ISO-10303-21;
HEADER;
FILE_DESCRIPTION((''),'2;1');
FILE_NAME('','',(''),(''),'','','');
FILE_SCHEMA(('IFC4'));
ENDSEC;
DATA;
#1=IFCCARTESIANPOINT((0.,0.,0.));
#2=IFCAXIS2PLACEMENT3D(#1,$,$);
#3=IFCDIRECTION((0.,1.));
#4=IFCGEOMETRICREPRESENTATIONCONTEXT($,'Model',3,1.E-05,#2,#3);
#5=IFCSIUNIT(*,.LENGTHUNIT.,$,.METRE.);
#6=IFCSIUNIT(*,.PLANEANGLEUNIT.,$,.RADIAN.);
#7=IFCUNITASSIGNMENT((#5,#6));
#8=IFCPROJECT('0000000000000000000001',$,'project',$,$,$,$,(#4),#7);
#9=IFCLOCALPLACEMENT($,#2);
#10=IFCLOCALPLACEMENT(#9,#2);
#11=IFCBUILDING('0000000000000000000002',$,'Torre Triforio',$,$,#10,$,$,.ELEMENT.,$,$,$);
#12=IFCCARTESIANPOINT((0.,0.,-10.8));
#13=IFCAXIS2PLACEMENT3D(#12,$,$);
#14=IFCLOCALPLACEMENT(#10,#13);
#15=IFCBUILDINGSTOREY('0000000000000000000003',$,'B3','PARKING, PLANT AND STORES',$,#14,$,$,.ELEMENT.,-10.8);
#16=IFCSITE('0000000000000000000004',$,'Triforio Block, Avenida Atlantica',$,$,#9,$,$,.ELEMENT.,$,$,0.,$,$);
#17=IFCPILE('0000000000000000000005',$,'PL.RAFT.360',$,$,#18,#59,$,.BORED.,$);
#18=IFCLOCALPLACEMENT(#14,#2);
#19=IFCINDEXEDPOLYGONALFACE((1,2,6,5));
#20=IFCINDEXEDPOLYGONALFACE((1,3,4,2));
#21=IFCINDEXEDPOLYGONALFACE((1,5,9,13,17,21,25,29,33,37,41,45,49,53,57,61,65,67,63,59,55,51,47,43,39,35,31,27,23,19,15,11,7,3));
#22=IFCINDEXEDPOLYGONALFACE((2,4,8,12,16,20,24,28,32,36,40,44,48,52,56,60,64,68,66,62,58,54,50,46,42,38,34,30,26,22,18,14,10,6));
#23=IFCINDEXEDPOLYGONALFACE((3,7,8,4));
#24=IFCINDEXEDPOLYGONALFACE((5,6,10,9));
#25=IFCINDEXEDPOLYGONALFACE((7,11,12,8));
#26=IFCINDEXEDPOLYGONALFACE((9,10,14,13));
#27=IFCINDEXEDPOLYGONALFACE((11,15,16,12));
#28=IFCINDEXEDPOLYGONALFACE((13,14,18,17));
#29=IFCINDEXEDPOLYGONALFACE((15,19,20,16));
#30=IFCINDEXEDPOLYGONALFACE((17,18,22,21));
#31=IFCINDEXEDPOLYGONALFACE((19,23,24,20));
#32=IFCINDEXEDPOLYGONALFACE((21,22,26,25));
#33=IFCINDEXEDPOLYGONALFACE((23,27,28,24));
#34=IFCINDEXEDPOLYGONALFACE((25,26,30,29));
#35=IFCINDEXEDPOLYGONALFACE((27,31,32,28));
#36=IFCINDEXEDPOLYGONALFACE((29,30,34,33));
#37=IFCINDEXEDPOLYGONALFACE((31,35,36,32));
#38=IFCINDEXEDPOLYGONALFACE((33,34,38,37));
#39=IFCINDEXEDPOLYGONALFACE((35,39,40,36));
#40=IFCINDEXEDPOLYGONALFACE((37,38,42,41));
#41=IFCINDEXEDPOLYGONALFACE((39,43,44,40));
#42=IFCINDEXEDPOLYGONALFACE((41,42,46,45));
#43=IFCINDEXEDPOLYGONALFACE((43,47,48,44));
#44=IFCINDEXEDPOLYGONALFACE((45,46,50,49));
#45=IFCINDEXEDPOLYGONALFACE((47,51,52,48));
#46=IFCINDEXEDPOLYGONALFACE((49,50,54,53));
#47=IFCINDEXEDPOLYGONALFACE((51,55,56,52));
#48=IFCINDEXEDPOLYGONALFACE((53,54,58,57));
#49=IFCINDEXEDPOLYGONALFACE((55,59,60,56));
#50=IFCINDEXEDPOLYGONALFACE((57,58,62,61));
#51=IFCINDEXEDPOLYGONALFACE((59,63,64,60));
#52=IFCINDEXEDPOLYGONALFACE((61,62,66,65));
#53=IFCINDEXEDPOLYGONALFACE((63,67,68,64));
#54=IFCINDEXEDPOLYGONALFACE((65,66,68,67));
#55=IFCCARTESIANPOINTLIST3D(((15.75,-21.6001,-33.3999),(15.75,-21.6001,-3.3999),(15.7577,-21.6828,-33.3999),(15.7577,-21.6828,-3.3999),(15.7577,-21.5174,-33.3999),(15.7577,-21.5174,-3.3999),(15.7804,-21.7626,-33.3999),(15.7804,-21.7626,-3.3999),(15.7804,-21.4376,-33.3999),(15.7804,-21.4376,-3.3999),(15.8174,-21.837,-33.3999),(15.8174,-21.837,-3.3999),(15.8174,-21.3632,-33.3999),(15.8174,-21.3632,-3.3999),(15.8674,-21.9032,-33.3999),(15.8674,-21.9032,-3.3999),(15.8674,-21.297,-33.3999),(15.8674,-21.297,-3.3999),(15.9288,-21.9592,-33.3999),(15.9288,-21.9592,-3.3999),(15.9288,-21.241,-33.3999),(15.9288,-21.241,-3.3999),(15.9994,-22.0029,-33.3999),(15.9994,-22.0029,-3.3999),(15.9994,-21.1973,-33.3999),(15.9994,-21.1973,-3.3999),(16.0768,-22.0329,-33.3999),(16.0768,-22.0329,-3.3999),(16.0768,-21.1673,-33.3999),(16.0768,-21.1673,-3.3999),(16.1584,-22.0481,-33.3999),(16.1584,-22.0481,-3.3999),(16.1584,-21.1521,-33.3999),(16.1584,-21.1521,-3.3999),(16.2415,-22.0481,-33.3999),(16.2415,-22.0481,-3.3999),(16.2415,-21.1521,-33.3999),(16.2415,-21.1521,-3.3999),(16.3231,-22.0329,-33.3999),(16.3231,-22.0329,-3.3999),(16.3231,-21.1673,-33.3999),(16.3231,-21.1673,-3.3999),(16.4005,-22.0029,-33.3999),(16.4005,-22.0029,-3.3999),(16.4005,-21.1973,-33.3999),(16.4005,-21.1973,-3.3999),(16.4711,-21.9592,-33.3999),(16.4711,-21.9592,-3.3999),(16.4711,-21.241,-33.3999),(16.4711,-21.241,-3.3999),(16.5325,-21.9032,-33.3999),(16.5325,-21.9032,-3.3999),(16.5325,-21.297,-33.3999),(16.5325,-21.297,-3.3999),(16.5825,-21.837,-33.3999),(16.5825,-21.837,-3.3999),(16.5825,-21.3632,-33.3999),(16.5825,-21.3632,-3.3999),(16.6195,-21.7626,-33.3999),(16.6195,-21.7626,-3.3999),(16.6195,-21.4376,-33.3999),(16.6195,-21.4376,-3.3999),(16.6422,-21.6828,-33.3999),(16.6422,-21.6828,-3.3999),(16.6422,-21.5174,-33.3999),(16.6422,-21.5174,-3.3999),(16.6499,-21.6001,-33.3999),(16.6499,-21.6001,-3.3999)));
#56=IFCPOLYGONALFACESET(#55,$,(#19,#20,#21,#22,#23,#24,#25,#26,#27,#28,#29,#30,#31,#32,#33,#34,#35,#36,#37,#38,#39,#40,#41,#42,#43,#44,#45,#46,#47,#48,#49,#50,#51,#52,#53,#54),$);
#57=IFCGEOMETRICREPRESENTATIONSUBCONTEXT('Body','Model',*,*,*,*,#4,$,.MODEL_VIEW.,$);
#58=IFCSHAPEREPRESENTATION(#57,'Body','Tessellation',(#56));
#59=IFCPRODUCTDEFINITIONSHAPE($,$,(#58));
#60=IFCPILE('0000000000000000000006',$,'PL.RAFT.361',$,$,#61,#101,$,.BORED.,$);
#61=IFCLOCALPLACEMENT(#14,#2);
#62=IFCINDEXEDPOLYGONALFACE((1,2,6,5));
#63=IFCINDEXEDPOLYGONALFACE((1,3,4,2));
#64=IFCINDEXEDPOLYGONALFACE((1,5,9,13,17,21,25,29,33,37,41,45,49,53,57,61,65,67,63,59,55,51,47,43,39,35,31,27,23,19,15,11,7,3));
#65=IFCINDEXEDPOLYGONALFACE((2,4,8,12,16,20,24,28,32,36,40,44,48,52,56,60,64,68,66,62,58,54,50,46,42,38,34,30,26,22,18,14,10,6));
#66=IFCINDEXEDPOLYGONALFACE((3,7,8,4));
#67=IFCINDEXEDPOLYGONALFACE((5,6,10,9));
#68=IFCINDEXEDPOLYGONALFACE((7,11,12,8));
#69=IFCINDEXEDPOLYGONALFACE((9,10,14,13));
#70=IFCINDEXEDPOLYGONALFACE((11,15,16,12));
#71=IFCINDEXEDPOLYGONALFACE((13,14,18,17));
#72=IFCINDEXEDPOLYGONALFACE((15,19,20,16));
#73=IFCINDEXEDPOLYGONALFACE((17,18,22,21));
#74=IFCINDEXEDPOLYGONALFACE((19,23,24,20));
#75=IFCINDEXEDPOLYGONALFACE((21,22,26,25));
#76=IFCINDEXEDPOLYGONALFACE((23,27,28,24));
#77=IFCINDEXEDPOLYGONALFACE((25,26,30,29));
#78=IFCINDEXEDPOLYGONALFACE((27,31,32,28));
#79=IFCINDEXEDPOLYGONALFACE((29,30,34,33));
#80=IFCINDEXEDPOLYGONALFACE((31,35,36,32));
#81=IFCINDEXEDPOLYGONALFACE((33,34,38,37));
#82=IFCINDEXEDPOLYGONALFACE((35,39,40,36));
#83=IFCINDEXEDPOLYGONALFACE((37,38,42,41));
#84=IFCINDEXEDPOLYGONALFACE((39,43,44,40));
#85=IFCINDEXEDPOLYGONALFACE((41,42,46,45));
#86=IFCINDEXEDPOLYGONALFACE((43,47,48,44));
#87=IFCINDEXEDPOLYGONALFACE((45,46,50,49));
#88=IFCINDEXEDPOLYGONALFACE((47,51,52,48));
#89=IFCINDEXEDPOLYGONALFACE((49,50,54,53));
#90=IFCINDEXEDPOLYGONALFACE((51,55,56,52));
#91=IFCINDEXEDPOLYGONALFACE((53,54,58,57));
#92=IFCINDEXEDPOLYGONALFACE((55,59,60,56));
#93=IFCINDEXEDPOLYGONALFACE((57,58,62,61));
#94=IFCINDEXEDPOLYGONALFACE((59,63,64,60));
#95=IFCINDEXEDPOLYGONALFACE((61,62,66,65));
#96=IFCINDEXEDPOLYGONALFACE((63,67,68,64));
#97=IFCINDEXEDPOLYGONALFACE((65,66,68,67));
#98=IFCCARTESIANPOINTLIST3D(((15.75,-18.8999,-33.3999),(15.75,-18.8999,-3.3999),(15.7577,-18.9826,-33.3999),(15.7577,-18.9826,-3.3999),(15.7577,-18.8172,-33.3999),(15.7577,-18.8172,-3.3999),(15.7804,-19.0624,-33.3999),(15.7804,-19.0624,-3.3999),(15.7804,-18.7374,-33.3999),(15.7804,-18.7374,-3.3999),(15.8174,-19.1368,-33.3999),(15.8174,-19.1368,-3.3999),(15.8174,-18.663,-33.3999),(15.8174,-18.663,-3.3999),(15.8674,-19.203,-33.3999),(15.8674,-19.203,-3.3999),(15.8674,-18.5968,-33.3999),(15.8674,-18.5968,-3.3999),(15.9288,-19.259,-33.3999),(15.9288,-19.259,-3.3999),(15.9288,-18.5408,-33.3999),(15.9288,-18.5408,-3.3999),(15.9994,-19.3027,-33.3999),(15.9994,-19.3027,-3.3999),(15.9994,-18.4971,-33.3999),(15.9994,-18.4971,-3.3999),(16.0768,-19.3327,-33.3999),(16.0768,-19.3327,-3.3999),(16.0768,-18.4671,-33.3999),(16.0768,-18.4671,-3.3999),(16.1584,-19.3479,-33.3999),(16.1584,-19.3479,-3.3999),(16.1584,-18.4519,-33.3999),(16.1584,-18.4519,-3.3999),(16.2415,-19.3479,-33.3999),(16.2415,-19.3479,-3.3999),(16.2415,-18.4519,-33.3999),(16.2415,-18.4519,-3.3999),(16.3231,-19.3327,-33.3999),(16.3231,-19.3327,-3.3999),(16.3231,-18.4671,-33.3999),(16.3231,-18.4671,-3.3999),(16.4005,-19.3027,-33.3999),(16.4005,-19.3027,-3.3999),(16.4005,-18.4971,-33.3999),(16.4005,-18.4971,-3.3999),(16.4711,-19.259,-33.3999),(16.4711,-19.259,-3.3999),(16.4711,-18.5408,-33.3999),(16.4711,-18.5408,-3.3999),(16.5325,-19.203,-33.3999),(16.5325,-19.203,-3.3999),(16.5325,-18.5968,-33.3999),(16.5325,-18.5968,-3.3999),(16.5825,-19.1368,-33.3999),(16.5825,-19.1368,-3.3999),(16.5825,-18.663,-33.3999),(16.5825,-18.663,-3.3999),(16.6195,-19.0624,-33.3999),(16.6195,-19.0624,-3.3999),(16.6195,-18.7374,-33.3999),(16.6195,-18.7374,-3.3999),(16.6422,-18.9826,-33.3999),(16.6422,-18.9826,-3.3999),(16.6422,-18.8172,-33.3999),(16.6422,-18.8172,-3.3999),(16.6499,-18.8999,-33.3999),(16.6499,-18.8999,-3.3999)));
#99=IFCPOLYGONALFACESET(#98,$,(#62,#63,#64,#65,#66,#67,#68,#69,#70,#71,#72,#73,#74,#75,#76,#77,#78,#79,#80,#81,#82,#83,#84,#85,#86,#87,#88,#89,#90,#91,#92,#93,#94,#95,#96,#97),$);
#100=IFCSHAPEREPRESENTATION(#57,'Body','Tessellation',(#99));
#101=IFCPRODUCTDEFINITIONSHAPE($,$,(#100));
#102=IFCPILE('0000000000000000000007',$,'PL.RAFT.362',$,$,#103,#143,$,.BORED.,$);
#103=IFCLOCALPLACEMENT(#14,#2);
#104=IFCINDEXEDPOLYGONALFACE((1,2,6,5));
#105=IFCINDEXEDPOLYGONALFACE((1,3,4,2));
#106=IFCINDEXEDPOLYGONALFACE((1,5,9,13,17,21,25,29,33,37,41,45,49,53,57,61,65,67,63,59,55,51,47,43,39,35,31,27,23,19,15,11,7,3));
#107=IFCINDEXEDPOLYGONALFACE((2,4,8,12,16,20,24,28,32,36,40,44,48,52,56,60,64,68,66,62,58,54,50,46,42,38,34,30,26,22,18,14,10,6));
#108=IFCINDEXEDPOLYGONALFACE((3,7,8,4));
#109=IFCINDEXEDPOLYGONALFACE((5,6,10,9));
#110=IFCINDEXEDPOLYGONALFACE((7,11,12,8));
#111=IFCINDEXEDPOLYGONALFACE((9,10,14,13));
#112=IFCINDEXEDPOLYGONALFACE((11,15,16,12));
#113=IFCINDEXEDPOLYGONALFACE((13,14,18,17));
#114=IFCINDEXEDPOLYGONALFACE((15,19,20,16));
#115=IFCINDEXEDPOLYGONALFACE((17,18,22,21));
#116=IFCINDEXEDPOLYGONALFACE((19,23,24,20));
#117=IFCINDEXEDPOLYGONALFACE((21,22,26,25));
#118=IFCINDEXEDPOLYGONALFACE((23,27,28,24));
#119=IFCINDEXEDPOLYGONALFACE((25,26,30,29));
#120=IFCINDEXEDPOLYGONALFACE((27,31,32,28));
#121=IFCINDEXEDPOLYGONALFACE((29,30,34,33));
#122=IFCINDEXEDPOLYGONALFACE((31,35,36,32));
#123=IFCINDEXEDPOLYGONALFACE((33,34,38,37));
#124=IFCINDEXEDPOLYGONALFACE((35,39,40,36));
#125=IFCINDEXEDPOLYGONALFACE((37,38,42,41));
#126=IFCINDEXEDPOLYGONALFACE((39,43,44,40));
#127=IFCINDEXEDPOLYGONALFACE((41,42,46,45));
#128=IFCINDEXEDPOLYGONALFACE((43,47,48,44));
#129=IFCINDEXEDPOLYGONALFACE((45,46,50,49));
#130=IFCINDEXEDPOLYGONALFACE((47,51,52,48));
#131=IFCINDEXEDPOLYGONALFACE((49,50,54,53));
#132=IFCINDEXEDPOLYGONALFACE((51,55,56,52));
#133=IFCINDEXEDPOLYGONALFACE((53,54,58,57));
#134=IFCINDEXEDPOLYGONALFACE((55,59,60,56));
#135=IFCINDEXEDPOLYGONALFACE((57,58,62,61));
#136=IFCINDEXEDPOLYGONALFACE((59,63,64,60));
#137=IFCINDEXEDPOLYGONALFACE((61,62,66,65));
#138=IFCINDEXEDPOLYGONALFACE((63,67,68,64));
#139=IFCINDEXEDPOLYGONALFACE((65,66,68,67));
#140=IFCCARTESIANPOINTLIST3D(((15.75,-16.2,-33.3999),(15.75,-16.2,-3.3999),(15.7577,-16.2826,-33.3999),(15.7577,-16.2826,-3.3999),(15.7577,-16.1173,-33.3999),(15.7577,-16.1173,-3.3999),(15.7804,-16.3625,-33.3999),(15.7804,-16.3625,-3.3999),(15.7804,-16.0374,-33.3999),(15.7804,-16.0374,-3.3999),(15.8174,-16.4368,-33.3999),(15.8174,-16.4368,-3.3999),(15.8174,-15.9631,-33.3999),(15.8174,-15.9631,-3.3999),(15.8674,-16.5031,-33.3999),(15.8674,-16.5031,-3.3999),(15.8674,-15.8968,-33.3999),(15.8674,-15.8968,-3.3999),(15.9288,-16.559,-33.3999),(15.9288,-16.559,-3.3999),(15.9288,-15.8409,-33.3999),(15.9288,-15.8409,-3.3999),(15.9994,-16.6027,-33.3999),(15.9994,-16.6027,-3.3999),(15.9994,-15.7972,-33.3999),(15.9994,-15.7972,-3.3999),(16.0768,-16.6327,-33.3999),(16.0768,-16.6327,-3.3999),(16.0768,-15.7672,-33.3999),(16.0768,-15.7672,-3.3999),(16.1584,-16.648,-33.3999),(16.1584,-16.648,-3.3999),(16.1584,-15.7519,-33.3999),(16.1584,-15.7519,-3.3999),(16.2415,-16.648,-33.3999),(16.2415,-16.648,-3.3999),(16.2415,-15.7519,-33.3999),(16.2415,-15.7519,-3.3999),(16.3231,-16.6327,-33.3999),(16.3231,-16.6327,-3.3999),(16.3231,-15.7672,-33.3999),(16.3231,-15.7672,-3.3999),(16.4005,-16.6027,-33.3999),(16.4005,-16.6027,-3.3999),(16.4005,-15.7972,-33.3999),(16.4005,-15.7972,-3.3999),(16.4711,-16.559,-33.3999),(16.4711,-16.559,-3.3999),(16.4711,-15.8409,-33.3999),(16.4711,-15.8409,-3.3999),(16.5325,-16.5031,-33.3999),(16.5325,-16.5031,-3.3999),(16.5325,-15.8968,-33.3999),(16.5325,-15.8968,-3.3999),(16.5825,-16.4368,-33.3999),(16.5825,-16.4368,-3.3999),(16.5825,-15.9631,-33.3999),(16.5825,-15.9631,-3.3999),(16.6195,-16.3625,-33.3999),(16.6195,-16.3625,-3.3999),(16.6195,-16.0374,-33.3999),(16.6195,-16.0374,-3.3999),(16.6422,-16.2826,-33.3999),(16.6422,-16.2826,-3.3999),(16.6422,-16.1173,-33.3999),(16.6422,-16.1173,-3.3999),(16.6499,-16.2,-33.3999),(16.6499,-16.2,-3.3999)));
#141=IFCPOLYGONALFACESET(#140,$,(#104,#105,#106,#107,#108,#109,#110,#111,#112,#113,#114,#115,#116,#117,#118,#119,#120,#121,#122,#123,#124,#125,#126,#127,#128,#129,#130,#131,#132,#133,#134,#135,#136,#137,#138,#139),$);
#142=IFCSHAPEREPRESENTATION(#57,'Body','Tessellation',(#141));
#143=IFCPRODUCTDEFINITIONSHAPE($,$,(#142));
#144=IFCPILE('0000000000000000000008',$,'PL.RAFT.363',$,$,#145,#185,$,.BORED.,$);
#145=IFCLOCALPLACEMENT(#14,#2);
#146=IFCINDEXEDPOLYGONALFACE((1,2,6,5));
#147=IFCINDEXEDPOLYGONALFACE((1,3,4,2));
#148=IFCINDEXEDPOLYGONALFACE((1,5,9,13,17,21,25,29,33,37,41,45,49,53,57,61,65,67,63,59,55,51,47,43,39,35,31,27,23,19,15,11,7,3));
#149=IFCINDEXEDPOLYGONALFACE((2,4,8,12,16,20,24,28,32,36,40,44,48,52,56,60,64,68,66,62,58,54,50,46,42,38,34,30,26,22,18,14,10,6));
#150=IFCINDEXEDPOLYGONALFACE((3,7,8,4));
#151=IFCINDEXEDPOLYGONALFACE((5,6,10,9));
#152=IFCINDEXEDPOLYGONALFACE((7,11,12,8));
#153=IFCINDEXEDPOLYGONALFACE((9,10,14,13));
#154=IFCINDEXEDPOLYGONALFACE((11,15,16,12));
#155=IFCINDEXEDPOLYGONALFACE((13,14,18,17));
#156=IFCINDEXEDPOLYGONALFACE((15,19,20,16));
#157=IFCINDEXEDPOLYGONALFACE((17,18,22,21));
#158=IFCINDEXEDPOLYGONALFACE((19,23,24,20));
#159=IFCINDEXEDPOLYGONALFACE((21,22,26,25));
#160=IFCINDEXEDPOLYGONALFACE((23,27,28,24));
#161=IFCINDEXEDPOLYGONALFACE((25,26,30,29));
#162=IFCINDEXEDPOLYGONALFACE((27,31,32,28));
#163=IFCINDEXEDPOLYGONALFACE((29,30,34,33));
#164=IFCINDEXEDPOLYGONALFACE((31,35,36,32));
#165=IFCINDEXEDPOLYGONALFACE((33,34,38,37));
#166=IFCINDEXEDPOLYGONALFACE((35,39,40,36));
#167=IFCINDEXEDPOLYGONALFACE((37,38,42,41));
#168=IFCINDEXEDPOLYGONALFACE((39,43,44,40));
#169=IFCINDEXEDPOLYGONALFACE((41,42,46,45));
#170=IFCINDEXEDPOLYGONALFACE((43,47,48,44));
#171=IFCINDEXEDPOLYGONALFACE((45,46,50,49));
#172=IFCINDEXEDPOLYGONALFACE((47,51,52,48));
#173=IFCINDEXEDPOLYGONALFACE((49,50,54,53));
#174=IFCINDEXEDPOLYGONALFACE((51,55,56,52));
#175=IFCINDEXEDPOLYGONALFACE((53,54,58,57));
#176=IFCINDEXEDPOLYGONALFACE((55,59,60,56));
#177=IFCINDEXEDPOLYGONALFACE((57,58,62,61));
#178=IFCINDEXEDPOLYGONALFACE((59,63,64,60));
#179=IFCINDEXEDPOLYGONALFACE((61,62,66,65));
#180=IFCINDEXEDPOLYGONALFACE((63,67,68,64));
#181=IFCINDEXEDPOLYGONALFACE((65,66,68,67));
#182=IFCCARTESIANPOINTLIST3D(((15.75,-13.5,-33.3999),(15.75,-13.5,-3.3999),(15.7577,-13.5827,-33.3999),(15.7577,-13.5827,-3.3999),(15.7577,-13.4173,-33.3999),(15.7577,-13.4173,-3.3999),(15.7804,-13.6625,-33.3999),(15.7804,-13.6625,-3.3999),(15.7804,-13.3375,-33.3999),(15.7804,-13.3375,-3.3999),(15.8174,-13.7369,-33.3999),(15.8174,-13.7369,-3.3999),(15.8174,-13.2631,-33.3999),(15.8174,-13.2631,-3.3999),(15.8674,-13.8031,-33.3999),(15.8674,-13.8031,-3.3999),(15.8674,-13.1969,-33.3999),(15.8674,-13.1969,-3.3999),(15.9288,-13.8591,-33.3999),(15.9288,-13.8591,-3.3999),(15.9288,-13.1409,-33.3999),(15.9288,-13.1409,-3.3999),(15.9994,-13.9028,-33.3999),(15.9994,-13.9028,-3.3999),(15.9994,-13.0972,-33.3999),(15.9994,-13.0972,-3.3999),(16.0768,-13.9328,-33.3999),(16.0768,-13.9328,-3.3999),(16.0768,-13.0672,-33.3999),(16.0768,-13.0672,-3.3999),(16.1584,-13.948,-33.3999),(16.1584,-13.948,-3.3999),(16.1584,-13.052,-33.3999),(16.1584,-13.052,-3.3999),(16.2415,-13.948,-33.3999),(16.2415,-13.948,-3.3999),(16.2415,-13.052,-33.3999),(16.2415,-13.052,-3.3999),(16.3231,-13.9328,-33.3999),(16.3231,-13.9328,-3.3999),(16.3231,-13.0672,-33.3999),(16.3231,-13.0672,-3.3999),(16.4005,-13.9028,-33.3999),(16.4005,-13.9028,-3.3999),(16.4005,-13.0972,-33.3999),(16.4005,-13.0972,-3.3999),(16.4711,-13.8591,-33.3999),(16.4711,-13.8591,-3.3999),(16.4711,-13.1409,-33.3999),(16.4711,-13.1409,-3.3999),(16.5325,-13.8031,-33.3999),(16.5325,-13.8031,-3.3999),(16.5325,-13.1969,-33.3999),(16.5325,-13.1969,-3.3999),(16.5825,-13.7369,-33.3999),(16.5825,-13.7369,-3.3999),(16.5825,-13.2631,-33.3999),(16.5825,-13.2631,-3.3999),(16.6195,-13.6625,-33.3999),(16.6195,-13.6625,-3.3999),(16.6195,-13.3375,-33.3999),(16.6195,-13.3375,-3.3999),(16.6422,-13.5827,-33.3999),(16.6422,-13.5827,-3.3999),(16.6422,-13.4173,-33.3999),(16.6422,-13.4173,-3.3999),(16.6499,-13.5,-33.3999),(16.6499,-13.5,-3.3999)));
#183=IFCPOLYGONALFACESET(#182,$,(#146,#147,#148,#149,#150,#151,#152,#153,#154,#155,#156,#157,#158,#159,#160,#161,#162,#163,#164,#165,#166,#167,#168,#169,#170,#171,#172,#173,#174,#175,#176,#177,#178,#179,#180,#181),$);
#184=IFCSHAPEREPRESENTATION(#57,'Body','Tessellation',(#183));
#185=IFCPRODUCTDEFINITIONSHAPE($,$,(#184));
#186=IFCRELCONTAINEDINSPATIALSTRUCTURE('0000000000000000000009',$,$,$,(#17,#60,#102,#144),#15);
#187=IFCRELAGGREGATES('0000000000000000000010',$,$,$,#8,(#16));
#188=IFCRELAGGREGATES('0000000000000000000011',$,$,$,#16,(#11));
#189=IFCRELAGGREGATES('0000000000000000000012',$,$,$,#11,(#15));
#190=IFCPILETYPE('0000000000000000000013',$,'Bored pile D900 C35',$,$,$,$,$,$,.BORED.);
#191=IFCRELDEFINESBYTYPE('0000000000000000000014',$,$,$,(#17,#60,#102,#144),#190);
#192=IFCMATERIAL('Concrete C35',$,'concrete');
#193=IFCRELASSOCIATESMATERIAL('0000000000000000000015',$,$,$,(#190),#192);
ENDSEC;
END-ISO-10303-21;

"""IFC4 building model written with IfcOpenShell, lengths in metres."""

from ifc_helpers import new_model, si_unit, direction, frame, origin, origin_2d, place, context, subcontext, project, spatial, circle, extrude, material, material_profile, profile_set, type_object, element, save


model = new_model("IFC4")

# Units and contexts
model_context = context("Model", 3, precision=1e-05, world=origin(), true_north=direction((0.0, 1.0)))
body_context = subcontext(model_context, "Body", "Model", "MODEL_VIEW")
ifc_project = project(units=[si_unit("LENGTHUNIT", "METRE"), si_unit("PLANEANGLEUNIT", "RADIAN")], contexts=[model_context])

# Site, building, storey
site_placement = place(None, origin())
site = spatial("IfcSite", under=ifc_project, at=site_placement, Name="Triforio Block, Avenida Atlantica", CompositionType="ELEMENT", RefElevation=0.0)
building_placement = place(site_placement, origin())
building = spatial("IfcBuilding", under=site, at=building_placement, Name="Torre Triforio", CompositionType="ELEMENT")
storey_placement = place(building_placement, frame((0.0, 0.0, -10.8)))
storey = spatial("IfcBuildingStorey", under=building, at=storey_placement, Name="B3", Description="PARKING, PLANT AND STORES", CompositionType="ELEMENT", Elevation=-10.8)

# Piles
ifc_material_1 = material(Name="Concrete C35", Category="concrete")
ifc_material_profile_1 = material_profile(ifc_material_1, circle(Radius=0.45, at=origin_2d()), Name="RC D900")
ifc_profile_set_1 = profile_set([ifc_material_profile_1], Name="Concrete C35")
pile_type = type_object("IfcPileType", Name="Bored pile D900 C35", PredefinedType="BORED", material=ifc_profile_set_1)
for number, where, z_axis, x_axis, name in (
    (1, (16.2, -21.6001, -3.3999), (0.0, 0.0, -1.0), (1.0, 0.0, 0.0), "PL.RAFT.360"),
    (2, (16.2, -18.8999, -3.3999), (0.0, 0.0, -1.0), (1.0, 0.0, 0.0), "PL.RAFT.361"),
    (3, (16.2, -16.2, -3.3999), (0.0, 0.0, -1.0), (1.0, 0.0, 0.0), "PL.RAFT.362"),
    (4, (16.2, -13.5, -3.3999), (0.0, 0.0, -1.0), (1.0, 0.0, 0.0), "PL.RAFT.363"),
):
    element("IfcPile", number, at=place(storey_placement, frame(where, z_axis=z_axis, x_axis=x_axis)), inside=storey, type_object=pile_type, Name=name, PredefinedType="BORED", context=body_context, shape_type="SweptSolid", body=[
        extrude(circle(Radius=0.45, at=origin_2d()), origin(), (0.0, 0.0, 1.0), 30.0),
    ])

save(model, "model.ifc")
